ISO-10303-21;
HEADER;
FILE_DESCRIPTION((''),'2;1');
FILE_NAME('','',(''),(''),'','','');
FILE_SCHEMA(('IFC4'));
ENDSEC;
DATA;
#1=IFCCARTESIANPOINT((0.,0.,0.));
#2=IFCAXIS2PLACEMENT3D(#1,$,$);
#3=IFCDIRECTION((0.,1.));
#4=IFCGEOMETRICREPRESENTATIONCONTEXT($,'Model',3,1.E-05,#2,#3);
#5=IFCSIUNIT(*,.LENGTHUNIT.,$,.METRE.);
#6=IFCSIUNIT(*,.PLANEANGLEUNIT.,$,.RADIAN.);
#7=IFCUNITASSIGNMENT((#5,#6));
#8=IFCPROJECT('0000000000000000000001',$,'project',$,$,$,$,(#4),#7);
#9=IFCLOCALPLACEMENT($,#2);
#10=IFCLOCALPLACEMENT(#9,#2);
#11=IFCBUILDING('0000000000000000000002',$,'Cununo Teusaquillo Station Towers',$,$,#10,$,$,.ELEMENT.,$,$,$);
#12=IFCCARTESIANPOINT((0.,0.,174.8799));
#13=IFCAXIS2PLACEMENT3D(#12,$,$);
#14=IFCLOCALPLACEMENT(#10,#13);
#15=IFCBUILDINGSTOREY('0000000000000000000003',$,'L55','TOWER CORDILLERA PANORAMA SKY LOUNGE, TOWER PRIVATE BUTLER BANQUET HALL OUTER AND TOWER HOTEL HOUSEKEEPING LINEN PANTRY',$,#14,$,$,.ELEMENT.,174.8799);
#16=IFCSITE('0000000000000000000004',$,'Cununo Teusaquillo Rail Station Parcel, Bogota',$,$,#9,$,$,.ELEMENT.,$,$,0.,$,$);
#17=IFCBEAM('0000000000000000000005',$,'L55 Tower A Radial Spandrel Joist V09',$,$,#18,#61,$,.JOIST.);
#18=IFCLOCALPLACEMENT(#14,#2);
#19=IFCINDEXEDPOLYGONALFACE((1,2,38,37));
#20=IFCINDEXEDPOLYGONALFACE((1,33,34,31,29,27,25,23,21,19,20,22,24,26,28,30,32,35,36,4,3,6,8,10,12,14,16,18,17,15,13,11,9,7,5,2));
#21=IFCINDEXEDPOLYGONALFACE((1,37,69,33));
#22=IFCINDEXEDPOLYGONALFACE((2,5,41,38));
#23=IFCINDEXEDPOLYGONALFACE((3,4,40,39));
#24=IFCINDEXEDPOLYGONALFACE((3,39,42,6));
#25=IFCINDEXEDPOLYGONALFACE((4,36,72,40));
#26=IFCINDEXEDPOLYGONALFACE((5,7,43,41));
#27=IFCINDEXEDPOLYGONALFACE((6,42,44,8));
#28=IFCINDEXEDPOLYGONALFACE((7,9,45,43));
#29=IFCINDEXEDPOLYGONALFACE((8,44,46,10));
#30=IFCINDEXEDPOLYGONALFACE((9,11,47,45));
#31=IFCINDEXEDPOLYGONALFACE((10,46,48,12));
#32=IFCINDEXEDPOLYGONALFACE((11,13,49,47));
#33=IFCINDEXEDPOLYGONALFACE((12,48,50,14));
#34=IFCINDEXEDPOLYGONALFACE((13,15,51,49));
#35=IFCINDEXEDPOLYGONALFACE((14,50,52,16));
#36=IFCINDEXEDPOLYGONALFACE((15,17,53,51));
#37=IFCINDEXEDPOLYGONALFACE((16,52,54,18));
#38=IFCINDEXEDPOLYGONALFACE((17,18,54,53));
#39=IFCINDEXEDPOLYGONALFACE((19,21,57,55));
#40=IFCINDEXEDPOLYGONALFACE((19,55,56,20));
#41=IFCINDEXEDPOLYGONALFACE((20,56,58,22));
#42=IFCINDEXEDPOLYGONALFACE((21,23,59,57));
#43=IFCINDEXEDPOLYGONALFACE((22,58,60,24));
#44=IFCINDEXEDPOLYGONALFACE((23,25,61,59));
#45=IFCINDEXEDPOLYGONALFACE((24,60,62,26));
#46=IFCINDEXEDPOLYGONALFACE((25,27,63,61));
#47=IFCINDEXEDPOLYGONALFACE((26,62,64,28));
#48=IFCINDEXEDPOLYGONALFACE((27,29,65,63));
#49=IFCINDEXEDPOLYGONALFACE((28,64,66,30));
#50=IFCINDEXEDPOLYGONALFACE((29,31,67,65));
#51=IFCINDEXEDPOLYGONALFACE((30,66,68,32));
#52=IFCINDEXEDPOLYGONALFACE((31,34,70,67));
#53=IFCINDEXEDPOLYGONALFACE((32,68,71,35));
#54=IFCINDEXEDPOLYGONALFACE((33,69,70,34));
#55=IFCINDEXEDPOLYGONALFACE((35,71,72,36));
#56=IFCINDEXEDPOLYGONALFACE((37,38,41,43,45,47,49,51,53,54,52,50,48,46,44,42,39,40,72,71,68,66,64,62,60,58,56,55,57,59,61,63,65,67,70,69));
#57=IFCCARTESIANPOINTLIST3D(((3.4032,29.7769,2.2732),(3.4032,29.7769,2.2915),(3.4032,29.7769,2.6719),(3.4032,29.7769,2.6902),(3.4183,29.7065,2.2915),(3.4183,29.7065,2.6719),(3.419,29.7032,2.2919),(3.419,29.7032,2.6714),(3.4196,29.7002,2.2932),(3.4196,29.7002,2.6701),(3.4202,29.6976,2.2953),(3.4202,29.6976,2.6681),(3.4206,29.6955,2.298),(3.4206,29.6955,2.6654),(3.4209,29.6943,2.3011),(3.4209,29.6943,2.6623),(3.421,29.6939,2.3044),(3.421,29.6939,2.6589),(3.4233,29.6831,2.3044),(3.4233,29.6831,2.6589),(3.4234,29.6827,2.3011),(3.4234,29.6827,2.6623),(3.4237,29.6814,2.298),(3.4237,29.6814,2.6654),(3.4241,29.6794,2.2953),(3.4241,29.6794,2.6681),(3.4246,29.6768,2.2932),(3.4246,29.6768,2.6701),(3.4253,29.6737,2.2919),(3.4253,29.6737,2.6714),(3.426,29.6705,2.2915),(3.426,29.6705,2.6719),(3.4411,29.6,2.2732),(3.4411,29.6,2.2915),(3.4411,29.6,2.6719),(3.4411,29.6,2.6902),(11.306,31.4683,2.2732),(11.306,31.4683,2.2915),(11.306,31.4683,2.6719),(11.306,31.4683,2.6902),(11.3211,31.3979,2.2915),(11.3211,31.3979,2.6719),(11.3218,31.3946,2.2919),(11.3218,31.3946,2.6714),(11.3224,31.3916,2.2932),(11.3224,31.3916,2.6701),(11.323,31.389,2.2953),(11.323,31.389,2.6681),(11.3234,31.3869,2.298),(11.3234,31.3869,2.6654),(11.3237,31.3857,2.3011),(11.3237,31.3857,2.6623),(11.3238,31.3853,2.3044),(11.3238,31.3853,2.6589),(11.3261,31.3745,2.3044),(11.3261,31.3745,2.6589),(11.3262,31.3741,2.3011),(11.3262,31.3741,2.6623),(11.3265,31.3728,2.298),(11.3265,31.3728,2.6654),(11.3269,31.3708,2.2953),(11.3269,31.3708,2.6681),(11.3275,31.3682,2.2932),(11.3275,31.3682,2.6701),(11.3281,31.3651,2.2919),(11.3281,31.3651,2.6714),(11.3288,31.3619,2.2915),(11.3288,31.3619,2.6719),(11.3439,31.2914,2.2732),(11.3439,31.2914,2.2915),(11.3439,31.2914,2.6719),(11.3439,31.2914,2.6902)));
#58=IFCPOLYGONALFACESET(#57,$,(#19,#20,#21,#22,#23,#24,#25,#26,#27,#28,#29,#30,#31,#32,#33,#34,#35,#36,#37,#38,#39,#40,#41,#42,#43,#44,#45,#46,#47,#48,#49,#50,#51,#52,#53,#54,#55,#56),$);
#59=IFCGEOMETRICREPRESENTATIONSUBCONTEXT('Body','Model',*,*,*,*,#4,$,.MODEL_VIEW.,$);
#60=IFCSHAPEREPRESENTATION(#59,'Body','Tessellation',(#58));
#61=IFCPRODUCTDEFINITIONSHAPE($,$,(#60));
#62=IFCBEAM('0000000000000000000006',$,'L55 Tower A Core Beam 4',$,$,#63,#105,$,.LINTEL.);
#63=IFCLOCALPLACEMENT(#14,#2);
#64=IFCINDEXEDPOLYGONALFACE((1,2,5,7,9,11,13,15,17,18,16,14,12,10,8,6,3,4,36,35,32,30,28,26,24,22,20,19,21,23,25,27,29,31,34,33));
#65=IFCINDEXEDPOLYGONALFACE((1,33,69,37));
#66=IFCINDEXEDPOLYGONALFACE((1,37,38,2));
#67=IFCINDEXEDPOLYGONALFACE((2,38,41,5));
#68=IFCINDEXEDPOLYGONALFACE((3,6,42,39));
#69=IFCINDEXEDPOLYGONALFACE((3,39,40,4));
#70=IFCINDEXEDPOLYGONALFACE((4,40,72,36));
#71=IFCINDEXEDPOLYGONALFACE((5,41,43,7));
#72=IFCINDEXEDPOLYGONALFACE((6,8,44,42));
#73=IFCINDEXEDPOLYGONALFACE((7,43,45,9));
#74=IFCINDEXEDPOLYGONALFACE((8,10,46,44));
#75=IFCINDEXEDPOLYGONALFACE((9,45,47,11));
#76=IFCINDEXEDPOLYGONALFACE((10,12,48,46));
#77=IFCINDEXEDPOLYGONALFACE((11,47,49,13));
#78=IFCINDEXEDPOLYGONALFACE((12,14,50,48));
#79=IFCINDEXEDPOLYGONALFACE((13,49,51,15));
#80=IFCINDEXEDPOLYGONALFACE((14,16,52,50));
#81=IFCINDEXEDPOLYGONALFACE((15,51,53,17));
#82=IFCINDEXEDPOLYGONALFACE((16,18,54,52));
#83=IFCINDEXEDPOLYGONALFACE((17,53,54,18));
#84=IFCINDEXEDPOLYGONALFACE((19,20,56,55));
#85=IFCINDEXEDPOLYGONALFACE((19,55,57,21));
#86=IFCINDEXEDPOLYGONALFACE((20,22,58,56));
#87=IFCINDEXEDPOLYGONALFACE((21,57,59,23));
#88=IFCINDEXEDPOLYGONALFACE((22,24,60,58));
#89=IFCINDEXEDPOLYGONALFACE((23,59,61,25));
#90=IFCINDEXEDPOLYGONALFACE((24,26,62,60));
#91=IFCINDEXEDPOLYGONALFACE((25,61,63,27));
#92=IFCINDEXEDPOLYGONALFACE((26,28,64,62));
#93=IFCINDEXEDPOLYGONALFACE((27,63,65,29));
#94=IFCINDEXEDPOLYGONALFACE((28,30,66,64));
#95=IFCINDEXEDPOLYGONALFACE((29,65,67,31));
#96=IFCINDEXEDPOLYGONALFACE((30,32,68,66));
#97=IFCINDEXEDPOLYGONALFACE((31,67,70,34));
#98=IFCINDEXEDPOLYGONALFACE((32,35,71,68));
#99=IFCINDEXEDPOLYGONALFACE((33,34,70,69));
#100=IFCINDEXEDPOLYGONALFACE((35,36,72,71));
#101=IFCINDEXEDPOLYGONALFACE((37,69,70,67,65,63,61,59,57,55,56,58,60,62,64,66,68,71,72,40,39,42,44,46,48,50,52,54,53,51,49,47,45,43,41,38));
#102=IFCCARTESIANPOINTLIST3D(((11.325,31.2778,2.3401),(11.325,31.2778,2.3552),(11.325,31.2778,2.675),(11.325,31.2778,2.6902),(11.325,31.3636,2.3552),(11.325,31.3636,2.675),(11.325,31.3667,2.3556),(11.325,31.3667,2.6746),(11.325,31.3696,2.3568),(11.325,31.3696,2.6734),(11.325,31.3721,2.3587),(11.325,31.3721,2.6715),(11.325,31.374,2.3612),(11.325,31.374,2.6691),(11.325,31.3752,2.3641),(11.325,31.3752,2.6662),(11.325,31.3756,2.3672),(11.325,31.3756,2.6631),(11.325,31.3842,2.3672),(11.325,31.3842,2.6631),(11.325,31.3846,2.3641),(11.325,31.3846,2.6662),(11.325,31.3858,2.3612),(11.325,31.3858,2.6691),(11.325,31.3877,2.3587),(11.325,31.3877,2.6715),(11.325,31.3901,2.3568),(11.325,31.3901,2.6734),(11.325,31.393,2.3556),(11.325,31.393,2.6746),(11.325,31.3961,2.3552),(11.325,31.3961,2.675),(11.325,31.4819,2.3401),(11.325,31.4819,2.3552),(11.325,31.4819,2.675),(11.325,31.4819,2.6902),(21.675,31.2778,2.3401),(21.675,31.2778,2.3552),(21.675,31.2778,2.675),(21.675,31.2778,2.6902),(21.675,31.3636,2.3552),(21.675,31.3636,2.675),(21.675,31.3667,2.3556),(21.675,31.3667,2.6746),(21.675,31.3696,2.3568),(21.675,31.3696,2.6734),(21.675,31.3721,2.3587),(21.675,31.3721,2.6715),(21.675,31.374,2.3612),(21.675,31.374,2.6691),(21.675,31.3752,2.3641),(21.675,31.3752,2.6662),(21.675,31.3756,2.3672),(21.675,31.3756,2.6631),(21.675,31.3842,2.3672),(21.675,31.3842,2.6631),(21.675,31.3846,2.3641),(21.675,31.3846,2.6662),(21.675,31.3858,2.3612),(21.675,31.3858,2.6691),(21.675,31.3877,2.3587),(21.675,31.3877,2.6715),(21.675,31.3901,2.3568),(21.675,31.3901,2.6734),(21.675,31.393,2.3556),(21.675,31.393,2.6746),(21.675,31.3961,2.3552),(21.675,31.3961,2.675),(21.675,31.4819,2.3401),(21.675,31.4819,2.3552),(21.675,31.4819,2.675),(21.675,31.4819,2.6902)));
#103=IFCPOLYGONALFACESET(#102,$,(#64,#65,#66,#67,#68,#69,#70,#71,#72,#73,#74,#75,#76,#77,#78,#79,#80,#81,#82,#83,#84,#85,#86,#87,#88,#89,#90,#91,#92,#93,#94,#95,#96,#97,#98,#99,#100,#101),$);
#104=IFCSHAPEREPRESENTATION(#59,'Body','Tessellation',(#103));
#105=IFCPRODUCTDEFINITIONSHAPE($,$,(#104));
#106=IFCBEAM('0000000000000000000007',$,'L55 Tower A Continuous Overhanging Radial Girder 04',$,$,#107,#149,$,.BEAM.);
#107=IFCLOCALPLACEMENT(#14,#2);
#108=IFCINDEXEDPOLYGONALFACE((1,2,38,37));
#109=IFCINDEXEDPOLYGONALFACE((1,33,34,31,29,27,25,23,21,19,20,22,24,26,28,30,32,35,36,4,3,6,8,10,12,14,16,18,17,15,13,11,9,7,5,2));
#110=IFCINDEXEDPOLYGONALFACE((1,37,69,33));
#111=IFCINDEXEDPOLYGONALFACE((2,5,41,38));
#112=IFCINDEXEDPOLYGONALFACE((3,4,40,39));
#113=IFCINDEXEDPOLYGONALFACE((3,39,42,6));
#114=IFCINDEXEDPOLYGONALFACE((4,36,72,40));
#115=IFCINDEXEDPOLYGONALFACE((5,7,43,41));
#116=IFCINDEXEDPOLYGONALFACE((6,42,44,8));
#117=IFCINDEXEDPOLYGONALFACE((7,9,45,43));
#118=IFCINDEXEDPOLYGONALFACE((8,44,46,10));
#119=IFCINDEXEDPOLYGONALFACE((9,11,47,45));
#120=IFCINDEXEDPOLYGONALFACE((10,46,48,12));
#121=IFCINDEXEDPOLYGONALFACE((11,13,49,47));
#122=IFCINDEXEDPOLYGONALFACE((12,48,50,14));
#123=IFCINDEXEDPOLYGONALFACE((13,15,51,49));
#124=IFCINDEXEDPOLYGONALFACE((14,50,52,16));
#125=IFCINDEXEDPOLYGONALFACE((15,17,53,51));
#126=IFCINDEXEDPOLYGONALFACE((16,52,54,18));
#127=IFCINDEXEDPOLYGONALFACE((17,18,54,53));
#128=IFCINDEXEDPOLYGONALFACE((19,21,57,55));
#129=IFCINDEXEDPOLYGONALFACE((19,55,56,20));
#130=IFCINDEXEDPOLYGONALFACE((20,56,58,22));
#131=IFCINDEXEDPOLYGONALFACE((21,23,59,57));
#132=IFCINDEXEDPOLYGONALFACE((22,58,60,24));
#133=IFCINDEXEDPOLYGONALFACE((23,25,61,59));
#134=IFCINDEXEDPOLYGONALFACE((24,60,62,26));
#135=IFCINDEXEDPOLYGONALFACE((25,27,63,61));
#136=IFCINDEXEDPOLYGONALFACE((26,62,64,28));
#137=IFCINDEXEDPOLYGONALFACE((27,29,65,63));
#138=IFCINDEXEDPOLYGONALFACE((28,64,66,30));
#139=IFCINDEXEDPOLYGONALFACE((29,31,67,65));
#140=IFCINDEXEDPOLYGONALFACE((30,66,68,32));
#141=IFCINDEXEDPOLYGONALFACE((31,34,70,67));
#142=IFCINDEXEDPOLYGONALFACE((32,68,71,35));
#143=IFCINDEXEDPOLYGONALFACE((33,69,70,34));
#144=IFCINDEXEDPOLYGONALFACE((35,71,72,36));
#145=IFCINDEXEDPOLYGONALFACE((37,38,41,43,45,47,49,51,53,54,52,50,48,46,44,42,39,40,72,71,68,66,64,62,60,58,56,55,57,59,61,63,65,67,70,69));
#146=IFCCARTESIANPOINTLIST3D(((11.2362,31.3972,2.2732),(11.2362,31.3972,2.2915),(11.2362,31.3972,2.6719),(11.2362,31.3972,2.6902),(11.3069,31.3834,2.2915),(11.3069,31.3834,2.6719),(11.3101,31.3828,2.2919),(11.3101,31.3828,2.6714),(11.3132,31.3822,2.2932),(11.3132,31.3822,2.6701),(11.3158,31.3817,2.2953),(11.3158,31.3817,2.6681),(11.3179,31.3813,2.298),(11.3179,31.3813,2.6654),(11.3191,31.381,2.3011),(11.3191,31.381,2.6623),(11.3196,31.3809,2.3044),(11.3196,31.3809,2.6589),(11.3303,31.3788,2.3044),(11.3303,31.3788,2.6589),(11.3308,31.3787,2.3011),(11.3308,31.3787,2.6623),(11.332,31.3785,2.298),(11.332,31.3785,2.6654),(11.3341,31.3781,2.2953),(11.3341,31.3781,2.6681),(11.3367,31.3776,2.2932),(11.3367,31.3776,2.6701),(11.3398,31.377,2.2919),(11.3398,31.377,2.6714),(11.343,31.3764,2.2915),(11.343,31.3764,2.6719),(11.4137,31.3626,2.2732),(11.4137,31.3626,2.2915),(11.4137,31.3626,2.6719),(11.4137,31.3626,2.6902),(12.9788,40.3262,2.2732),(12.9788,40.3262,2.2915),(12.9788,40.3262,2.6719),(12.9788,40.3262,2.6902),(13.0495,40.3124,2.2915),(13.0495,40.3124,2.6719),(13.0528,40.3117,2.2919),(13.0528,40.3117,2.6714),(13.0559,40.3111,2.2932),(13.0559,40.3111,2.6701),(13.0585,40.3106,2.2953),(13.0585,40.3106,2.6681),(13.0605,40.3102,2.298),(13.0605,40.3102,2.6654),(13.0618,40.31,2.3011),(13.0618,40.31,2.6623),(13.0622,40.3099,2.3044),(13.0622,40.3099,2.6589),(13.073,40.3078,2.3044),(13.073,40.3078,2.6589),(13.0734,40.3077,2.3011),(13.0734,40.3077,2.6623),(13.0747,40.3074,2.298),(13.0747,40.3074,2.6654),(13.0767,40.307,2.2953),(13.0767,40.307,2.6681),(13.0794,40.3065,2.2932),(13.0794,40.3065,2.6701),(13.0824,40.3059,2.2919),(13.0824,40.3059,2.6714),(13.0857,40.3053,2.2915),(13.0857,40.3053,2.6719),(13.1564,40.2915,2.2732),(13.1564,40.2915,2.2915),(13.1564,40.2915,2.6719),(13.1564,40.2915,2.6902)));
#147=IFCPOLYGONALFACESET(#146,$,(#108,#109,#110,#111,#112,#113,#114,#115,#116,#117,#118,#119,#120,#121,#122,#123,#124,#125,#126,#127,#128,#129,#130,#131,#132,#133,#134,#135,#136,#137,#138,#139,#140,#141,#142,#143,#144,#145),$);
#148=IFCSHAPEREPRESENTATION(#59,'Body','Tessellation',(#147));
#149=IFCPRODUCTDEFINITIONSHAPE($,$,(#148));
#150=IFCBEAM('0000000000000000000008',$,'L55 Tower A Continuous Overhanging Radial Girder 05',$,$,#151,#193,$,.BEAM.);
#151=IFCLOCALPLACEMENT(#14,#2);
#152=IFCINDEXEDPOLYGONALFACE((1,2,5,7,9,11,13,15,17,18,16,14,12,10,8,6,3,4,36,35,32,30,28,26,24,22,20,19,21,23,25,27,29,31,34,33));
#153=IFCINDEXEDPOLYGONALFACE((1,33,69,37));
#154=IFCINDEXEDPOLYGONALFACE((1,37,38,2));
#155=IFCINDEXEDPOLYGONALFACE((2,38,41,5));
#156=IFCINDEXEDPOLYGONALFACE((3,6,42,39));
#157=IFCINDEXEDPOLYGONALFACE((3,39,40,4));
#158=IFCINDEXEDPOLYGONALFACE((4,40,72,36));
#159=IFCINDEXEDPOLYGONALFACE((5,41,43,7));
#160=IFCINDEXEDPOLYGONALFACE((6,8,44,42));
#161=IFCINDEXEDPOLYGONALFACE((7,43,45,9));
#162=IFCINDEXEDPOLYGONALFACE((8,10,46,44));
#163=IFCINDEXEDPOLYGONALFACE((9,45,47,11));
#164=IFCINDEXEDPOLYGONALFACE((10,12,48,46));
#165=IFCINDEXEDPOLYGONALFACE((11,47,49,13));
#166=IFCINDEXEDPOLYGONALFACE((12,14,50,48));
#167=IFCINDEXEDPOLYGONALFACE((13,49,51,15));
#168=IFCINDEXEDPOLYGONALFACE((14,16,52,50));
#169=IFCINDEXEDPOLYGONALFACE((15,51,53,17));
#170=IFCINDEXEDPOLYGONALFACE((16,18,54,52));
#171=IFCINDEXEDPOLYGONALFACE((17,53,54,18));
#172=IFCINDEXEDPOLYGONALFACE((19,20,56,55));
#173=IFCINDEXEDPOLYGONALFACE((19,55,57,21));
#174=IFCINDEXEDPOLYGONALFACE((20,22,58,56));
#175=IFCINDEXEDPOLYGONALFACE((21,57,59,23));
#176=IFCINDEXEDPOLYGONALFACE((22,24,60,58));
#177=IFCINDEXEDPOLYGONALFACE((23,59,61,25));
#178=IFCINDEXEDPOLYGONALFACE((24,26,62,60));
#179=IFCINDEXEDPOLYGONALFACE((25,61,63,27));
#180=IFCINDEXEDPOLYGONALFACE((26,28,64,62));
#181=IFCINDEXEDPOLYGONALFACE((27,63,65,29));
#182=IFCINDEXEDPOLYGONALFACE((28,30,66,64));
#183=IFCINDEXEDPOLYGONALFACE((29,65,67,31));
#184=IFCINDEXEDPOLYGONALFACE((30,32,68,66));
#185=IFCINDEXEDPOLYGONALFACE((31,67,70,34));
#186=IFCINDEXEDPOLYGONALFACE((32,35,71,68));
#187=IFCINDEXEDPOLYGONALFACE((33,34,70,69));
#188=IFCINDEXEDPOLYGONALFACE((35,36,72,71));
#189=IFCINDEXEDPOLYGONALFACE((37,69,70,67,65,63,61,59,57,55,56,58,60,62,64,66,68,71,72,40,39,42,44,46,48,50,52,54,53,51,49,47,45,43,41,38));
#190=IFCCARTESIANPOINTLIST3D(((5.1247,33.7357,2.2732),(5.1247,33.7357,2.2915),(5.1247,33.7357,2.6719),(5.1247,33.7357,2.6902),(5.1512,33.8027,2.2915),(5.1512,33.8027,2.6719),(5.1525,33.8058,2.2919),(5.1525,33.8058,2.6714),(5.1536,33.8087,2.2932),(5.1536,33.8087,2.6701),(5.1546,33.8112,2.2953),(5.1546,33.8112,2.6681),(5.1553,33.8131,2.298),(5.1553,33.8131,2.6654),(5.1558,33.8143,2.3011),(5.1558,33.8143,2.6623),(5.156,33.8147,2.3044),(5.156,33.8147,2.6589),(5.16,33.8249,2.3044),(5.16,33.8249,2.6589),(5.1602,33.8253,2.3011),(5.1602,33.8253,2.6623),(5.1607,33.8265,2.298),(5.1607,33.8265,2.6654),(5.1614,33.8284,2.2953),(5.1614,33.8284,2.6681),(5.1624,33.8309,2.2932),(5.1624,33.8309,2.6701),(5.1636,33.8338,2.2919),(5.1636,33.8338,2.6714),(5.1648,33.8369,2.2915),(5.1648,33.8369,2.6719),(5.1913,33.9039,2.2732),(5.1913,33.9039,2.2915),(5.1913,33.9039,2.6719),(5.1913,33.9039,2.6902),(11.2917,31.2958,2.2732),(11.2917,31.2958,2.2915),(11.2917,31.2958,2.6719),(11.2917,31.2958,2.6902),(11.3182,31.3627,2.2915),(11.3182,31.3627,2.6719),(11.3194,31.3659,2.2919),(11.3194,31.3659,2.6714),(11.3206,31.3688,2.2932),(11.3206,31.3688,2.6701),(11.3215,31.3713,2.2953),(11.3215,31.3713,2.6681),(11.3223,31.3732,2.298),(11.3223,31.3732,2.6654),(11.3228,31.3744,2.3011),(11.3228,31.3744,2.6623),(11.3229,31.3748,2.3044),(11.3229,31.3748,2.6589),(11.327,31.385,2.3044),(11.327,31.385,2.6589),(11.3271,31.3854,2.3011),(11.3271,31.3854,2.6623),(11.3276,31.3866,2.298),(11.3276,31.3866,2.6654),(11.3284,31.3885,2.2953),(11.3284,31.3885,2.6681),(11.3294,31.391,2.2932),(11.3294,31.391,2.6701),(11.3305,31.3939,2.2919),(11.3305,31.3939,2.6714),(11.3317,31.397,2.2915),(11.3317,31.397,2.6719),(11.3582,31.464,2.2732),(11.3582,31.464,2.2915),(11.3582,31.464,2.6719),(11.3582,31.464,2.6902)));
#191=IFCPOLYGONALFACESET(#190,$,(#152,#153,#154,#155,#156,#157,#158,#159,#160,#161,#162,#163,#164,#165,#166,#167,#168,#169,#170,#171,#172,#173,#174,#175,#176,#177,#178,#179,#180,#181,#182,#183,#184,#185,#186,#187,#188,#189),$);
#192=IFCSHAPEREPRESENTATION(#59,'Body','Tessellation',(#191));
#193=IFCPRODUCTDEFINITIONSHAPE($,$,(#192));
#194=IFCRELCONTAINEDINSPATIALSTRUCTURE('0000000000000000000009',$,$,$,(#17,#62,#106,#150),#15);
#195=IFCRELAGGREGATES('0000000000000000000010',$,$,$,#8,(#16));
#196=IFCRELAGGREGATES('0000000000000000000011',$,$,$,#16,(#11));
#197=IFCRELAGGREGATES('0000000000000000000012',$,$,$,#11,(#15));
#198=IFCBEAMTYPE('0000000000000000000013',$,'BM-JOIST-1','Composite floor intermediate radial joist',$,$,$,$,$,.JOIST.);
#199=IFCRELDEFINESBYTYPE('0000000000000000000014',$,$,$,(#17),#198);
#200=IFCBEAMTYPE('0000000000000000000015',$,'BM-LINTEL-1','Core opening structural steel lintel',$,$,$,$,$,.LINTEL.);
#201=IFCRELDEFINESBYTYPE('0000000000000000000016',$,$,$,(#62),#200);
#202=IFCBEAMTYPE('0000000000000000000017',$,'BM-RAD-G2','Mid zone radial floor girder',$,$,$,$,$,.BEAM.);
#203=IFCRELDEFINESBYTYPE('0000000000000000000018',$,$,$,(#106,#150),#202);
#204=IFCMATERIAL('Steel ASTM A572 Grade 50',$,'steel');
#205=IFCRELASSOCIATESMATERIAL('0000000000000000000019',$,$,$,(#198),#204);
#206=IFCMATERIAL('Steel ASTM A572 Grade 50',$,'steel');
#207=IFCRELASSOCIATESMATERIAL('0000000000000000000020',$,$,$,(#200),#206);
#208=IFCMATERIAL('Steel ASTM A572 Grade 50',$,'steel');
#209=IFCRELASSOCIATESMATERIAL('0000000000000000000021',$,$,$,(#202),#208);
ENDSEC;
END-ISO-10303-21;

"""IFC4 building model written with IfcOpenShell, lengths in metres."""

from ifc_helpers import new_model, si_unit, direction, frame, origin, origin_2d, place, context, subcontext, project, spatial, i_section, extrude, material, material_profile, profile_set, type_object, element, save


model = new_model("IFC4")

# Units and contexts
model_context = context("Model", 3, precision=1e-05, world=origin(), true_north=direction((0.0, 1.0)))
body_context = subcontext(model_context, "Body", "Model", "MODEL_VIEW")
ifc_project = project(units=[si_unit("LENGTHUNIT", "METRE"), si_unit("PLANEANGLEUNIT", "RADIAN")], contexts=[model_context])

# Site, building, storey
site_placement = place(None, origin())
site = spatial("IfcSite", under=ifc_project, at=site_placement, Name="Cununo Teusaquillo Rail Station Parcel, Bogota", CompositionType="ELEMENT", RefElevation=0.0)
building_placement = place(site_placement, origin())
building = spatial("IfcBuilding", under=site, at=building_placement, Name="Cununo Teusaquillo Station Towers", CompositionType="ELEMENT")
storey_placement = place(building_placement, frame((0.0, 0.0, 174.8799)))
storey = spatial("IfcBuildingStorey", under=building, at=storey_placement, Name="L55", Description="TOWER CORDILLERA PANORAMA SKY LOUNGE, TOWER PRIVATE BUTLER BANQUET HALL OUTER AND TOWER HOTEL HOUSEKEEPING LINEN PANTRY", CompositionType="ELEMENT", Elevation=174.8799)

# Beams
ifc_material_1 = material(Name="Steel ASTM A572 Grade 50", Category="steel")
ifc_material_profile_1 = material_profile(ifc_material_1, i_section(OverallWidth=0.1809, OverallDepth=0.417, WebThickness=0.011, FlangeThickness=0.0183, FilletRadius=0.0129, at=origin_2d()), Name="W16X57")
ifc_profile_set_1 = profile_set([ifc_material_profile_1], Name="Steel ASTM A572 Grade 50")
beam_type_1 = type_object("IfcBeamType", Name="BM-JOIST-1", Description="Composite floor intermediate radial joist", PredefinedType="JOIST", material=ifc_profile_set_1)
beam_1_placement = place(storey_placement, frame((11.325, 31.3799, 2.4817), z_axis=(-0.977855, -0.209286, 0.0), x_axis=(0.209286, -0.977855, 0.0)))
element("IfcBeam", 1, at=beam_1_placement, inside=storey, type_object=beam_type_1, Name="L55 Tower A Radial Spandrel Joist V09", PredefinedType="JOIST", context=body_context, shape_type="SweptSolid", body=[
    extrude(i_section(OverallWidth=0.1809, OverallDepth=0.417, WebThickness=0.011, FlangeThickness=0.0183, FilletRadius=0.0129, at=origin_2d()), origin(), (0.0, 0.0, 1.0), 8.0818),
])
ifc_material_2 = material(Name="Steel ASTM A572 Grade 50", Category="steel")
ifc_material_profile_2 = material_profile(ifc_material_2, i_section(OverallWidth=0.2041, OverallDepth=0.3501, WebThickness=0.0085, FlangeThickness=0.0151, FilletRadius=0.012, at=origin_2d()), Name="W14X48")
ifc_profile_set_2 = profile_set([ifc_material_profile_2], Name="Steel ASTM A572 Grade 50")
beam_type_2 = type_object("IfcBeamType", Name="BM-LINTEL-1", Description="Core opening structural steel lintel", PredefinedType="LINTEL", material=ifc_profile_set_2)
beam_2_placement = place(storey_placement, frame((11.325, 31.3799, 2.5151), z_axis=(1.0, 0.0, 0.0), x_axis=(0.0, 1.0, 0.0)))
element("IfcBeam", 2, at=beam_2_placement, inside=storey, type_object=beam_type_2, Name="L55 Tower A Core Beam 4", PredefinedType="LINTEL", context=body_context, shape_type="SweptSolid", body=[
    extrude(i_section(OverallWidth=0.2041, OverallDepth=0.3501, WebThickness=0.0085, FlangeThickness=0.0151, FilletRadius=0.012, at=origin_2d()), origin(), (0.0, 0.0, 1.0), 10.3501),
])
ifc_material_3 = material(Name="Steel ASTM A572 Grade 50", Category="steel")
ifc_material_profile_3 = material_profile(ifc_material_3, i_section(OverallWidth=0.1809, OverallDepth=0.417, WebThickness=0.011, FlangeThickness=0.0183, FilletRadius=0.0129, at=origin_2d()), Name="W16X57")
ifc_profile_set_3 = profile_set([ifc_material_profile_3], Name="Steel ASTM A572 Grade 50")
beam_type_3 = type_object("IfcBeamType", Name="BM-RAD-G2", Description="Mid zone radial floor girder", PredefinedType="BEAM", material=ifc_profile_set_3)
beam_3_placement = place(storey_placement, frame((11.325, 31.3799, 2.4817), z_axis=(0.191557, 0.981481, 0.0), x_axis=(-0.981481, 0.191557, 0.0)))
element("IfcBeam", 3, at=beam_3_placement, inside=storey, type_object=beam_type_3, Name="L55 Tower A Continuous Overhanging Radial Girder 04", PredefinedType="BEAM", context=body_context, shape_type="SweptSolid", body=[
    extrude(i_section(OverallWidth=0.1809, OverallDepth=0.417, WebThickness=0.011, FlangeThickness=0.0183, FilletRadius=0.0129, at=origin_2d()), origin(), (0.0, 0.0, 1.0), 9.0974),
])
beam_4_placement = place(storey_placement, frame((11.325, 31.3799, 2.4817), z_axis=(-0.929866, 0.367897, 0.0), x_axis=(-0.367897, -0.929866, 0.0)))
element("IfcBeam", 4, at=beam_4_placement, inside=storey, type_object=beam_type_3, Name="L55 Tower A Continuous Overhanging Radial Girder 05", PredefinedType="BEAM", context=body_context, shape_type="SweptSolid", body=[
    extrude(i_section(OverallWidth=0.1809, OverallDepth=0.417, WebThickness=0.011, FlangeThickness=0.0183, FilletRadius=0.0129, at=origin_2d()), origin(), (0.0, 0.0, 1.0), 6.6321),
])

save(model, "model.ifc")
